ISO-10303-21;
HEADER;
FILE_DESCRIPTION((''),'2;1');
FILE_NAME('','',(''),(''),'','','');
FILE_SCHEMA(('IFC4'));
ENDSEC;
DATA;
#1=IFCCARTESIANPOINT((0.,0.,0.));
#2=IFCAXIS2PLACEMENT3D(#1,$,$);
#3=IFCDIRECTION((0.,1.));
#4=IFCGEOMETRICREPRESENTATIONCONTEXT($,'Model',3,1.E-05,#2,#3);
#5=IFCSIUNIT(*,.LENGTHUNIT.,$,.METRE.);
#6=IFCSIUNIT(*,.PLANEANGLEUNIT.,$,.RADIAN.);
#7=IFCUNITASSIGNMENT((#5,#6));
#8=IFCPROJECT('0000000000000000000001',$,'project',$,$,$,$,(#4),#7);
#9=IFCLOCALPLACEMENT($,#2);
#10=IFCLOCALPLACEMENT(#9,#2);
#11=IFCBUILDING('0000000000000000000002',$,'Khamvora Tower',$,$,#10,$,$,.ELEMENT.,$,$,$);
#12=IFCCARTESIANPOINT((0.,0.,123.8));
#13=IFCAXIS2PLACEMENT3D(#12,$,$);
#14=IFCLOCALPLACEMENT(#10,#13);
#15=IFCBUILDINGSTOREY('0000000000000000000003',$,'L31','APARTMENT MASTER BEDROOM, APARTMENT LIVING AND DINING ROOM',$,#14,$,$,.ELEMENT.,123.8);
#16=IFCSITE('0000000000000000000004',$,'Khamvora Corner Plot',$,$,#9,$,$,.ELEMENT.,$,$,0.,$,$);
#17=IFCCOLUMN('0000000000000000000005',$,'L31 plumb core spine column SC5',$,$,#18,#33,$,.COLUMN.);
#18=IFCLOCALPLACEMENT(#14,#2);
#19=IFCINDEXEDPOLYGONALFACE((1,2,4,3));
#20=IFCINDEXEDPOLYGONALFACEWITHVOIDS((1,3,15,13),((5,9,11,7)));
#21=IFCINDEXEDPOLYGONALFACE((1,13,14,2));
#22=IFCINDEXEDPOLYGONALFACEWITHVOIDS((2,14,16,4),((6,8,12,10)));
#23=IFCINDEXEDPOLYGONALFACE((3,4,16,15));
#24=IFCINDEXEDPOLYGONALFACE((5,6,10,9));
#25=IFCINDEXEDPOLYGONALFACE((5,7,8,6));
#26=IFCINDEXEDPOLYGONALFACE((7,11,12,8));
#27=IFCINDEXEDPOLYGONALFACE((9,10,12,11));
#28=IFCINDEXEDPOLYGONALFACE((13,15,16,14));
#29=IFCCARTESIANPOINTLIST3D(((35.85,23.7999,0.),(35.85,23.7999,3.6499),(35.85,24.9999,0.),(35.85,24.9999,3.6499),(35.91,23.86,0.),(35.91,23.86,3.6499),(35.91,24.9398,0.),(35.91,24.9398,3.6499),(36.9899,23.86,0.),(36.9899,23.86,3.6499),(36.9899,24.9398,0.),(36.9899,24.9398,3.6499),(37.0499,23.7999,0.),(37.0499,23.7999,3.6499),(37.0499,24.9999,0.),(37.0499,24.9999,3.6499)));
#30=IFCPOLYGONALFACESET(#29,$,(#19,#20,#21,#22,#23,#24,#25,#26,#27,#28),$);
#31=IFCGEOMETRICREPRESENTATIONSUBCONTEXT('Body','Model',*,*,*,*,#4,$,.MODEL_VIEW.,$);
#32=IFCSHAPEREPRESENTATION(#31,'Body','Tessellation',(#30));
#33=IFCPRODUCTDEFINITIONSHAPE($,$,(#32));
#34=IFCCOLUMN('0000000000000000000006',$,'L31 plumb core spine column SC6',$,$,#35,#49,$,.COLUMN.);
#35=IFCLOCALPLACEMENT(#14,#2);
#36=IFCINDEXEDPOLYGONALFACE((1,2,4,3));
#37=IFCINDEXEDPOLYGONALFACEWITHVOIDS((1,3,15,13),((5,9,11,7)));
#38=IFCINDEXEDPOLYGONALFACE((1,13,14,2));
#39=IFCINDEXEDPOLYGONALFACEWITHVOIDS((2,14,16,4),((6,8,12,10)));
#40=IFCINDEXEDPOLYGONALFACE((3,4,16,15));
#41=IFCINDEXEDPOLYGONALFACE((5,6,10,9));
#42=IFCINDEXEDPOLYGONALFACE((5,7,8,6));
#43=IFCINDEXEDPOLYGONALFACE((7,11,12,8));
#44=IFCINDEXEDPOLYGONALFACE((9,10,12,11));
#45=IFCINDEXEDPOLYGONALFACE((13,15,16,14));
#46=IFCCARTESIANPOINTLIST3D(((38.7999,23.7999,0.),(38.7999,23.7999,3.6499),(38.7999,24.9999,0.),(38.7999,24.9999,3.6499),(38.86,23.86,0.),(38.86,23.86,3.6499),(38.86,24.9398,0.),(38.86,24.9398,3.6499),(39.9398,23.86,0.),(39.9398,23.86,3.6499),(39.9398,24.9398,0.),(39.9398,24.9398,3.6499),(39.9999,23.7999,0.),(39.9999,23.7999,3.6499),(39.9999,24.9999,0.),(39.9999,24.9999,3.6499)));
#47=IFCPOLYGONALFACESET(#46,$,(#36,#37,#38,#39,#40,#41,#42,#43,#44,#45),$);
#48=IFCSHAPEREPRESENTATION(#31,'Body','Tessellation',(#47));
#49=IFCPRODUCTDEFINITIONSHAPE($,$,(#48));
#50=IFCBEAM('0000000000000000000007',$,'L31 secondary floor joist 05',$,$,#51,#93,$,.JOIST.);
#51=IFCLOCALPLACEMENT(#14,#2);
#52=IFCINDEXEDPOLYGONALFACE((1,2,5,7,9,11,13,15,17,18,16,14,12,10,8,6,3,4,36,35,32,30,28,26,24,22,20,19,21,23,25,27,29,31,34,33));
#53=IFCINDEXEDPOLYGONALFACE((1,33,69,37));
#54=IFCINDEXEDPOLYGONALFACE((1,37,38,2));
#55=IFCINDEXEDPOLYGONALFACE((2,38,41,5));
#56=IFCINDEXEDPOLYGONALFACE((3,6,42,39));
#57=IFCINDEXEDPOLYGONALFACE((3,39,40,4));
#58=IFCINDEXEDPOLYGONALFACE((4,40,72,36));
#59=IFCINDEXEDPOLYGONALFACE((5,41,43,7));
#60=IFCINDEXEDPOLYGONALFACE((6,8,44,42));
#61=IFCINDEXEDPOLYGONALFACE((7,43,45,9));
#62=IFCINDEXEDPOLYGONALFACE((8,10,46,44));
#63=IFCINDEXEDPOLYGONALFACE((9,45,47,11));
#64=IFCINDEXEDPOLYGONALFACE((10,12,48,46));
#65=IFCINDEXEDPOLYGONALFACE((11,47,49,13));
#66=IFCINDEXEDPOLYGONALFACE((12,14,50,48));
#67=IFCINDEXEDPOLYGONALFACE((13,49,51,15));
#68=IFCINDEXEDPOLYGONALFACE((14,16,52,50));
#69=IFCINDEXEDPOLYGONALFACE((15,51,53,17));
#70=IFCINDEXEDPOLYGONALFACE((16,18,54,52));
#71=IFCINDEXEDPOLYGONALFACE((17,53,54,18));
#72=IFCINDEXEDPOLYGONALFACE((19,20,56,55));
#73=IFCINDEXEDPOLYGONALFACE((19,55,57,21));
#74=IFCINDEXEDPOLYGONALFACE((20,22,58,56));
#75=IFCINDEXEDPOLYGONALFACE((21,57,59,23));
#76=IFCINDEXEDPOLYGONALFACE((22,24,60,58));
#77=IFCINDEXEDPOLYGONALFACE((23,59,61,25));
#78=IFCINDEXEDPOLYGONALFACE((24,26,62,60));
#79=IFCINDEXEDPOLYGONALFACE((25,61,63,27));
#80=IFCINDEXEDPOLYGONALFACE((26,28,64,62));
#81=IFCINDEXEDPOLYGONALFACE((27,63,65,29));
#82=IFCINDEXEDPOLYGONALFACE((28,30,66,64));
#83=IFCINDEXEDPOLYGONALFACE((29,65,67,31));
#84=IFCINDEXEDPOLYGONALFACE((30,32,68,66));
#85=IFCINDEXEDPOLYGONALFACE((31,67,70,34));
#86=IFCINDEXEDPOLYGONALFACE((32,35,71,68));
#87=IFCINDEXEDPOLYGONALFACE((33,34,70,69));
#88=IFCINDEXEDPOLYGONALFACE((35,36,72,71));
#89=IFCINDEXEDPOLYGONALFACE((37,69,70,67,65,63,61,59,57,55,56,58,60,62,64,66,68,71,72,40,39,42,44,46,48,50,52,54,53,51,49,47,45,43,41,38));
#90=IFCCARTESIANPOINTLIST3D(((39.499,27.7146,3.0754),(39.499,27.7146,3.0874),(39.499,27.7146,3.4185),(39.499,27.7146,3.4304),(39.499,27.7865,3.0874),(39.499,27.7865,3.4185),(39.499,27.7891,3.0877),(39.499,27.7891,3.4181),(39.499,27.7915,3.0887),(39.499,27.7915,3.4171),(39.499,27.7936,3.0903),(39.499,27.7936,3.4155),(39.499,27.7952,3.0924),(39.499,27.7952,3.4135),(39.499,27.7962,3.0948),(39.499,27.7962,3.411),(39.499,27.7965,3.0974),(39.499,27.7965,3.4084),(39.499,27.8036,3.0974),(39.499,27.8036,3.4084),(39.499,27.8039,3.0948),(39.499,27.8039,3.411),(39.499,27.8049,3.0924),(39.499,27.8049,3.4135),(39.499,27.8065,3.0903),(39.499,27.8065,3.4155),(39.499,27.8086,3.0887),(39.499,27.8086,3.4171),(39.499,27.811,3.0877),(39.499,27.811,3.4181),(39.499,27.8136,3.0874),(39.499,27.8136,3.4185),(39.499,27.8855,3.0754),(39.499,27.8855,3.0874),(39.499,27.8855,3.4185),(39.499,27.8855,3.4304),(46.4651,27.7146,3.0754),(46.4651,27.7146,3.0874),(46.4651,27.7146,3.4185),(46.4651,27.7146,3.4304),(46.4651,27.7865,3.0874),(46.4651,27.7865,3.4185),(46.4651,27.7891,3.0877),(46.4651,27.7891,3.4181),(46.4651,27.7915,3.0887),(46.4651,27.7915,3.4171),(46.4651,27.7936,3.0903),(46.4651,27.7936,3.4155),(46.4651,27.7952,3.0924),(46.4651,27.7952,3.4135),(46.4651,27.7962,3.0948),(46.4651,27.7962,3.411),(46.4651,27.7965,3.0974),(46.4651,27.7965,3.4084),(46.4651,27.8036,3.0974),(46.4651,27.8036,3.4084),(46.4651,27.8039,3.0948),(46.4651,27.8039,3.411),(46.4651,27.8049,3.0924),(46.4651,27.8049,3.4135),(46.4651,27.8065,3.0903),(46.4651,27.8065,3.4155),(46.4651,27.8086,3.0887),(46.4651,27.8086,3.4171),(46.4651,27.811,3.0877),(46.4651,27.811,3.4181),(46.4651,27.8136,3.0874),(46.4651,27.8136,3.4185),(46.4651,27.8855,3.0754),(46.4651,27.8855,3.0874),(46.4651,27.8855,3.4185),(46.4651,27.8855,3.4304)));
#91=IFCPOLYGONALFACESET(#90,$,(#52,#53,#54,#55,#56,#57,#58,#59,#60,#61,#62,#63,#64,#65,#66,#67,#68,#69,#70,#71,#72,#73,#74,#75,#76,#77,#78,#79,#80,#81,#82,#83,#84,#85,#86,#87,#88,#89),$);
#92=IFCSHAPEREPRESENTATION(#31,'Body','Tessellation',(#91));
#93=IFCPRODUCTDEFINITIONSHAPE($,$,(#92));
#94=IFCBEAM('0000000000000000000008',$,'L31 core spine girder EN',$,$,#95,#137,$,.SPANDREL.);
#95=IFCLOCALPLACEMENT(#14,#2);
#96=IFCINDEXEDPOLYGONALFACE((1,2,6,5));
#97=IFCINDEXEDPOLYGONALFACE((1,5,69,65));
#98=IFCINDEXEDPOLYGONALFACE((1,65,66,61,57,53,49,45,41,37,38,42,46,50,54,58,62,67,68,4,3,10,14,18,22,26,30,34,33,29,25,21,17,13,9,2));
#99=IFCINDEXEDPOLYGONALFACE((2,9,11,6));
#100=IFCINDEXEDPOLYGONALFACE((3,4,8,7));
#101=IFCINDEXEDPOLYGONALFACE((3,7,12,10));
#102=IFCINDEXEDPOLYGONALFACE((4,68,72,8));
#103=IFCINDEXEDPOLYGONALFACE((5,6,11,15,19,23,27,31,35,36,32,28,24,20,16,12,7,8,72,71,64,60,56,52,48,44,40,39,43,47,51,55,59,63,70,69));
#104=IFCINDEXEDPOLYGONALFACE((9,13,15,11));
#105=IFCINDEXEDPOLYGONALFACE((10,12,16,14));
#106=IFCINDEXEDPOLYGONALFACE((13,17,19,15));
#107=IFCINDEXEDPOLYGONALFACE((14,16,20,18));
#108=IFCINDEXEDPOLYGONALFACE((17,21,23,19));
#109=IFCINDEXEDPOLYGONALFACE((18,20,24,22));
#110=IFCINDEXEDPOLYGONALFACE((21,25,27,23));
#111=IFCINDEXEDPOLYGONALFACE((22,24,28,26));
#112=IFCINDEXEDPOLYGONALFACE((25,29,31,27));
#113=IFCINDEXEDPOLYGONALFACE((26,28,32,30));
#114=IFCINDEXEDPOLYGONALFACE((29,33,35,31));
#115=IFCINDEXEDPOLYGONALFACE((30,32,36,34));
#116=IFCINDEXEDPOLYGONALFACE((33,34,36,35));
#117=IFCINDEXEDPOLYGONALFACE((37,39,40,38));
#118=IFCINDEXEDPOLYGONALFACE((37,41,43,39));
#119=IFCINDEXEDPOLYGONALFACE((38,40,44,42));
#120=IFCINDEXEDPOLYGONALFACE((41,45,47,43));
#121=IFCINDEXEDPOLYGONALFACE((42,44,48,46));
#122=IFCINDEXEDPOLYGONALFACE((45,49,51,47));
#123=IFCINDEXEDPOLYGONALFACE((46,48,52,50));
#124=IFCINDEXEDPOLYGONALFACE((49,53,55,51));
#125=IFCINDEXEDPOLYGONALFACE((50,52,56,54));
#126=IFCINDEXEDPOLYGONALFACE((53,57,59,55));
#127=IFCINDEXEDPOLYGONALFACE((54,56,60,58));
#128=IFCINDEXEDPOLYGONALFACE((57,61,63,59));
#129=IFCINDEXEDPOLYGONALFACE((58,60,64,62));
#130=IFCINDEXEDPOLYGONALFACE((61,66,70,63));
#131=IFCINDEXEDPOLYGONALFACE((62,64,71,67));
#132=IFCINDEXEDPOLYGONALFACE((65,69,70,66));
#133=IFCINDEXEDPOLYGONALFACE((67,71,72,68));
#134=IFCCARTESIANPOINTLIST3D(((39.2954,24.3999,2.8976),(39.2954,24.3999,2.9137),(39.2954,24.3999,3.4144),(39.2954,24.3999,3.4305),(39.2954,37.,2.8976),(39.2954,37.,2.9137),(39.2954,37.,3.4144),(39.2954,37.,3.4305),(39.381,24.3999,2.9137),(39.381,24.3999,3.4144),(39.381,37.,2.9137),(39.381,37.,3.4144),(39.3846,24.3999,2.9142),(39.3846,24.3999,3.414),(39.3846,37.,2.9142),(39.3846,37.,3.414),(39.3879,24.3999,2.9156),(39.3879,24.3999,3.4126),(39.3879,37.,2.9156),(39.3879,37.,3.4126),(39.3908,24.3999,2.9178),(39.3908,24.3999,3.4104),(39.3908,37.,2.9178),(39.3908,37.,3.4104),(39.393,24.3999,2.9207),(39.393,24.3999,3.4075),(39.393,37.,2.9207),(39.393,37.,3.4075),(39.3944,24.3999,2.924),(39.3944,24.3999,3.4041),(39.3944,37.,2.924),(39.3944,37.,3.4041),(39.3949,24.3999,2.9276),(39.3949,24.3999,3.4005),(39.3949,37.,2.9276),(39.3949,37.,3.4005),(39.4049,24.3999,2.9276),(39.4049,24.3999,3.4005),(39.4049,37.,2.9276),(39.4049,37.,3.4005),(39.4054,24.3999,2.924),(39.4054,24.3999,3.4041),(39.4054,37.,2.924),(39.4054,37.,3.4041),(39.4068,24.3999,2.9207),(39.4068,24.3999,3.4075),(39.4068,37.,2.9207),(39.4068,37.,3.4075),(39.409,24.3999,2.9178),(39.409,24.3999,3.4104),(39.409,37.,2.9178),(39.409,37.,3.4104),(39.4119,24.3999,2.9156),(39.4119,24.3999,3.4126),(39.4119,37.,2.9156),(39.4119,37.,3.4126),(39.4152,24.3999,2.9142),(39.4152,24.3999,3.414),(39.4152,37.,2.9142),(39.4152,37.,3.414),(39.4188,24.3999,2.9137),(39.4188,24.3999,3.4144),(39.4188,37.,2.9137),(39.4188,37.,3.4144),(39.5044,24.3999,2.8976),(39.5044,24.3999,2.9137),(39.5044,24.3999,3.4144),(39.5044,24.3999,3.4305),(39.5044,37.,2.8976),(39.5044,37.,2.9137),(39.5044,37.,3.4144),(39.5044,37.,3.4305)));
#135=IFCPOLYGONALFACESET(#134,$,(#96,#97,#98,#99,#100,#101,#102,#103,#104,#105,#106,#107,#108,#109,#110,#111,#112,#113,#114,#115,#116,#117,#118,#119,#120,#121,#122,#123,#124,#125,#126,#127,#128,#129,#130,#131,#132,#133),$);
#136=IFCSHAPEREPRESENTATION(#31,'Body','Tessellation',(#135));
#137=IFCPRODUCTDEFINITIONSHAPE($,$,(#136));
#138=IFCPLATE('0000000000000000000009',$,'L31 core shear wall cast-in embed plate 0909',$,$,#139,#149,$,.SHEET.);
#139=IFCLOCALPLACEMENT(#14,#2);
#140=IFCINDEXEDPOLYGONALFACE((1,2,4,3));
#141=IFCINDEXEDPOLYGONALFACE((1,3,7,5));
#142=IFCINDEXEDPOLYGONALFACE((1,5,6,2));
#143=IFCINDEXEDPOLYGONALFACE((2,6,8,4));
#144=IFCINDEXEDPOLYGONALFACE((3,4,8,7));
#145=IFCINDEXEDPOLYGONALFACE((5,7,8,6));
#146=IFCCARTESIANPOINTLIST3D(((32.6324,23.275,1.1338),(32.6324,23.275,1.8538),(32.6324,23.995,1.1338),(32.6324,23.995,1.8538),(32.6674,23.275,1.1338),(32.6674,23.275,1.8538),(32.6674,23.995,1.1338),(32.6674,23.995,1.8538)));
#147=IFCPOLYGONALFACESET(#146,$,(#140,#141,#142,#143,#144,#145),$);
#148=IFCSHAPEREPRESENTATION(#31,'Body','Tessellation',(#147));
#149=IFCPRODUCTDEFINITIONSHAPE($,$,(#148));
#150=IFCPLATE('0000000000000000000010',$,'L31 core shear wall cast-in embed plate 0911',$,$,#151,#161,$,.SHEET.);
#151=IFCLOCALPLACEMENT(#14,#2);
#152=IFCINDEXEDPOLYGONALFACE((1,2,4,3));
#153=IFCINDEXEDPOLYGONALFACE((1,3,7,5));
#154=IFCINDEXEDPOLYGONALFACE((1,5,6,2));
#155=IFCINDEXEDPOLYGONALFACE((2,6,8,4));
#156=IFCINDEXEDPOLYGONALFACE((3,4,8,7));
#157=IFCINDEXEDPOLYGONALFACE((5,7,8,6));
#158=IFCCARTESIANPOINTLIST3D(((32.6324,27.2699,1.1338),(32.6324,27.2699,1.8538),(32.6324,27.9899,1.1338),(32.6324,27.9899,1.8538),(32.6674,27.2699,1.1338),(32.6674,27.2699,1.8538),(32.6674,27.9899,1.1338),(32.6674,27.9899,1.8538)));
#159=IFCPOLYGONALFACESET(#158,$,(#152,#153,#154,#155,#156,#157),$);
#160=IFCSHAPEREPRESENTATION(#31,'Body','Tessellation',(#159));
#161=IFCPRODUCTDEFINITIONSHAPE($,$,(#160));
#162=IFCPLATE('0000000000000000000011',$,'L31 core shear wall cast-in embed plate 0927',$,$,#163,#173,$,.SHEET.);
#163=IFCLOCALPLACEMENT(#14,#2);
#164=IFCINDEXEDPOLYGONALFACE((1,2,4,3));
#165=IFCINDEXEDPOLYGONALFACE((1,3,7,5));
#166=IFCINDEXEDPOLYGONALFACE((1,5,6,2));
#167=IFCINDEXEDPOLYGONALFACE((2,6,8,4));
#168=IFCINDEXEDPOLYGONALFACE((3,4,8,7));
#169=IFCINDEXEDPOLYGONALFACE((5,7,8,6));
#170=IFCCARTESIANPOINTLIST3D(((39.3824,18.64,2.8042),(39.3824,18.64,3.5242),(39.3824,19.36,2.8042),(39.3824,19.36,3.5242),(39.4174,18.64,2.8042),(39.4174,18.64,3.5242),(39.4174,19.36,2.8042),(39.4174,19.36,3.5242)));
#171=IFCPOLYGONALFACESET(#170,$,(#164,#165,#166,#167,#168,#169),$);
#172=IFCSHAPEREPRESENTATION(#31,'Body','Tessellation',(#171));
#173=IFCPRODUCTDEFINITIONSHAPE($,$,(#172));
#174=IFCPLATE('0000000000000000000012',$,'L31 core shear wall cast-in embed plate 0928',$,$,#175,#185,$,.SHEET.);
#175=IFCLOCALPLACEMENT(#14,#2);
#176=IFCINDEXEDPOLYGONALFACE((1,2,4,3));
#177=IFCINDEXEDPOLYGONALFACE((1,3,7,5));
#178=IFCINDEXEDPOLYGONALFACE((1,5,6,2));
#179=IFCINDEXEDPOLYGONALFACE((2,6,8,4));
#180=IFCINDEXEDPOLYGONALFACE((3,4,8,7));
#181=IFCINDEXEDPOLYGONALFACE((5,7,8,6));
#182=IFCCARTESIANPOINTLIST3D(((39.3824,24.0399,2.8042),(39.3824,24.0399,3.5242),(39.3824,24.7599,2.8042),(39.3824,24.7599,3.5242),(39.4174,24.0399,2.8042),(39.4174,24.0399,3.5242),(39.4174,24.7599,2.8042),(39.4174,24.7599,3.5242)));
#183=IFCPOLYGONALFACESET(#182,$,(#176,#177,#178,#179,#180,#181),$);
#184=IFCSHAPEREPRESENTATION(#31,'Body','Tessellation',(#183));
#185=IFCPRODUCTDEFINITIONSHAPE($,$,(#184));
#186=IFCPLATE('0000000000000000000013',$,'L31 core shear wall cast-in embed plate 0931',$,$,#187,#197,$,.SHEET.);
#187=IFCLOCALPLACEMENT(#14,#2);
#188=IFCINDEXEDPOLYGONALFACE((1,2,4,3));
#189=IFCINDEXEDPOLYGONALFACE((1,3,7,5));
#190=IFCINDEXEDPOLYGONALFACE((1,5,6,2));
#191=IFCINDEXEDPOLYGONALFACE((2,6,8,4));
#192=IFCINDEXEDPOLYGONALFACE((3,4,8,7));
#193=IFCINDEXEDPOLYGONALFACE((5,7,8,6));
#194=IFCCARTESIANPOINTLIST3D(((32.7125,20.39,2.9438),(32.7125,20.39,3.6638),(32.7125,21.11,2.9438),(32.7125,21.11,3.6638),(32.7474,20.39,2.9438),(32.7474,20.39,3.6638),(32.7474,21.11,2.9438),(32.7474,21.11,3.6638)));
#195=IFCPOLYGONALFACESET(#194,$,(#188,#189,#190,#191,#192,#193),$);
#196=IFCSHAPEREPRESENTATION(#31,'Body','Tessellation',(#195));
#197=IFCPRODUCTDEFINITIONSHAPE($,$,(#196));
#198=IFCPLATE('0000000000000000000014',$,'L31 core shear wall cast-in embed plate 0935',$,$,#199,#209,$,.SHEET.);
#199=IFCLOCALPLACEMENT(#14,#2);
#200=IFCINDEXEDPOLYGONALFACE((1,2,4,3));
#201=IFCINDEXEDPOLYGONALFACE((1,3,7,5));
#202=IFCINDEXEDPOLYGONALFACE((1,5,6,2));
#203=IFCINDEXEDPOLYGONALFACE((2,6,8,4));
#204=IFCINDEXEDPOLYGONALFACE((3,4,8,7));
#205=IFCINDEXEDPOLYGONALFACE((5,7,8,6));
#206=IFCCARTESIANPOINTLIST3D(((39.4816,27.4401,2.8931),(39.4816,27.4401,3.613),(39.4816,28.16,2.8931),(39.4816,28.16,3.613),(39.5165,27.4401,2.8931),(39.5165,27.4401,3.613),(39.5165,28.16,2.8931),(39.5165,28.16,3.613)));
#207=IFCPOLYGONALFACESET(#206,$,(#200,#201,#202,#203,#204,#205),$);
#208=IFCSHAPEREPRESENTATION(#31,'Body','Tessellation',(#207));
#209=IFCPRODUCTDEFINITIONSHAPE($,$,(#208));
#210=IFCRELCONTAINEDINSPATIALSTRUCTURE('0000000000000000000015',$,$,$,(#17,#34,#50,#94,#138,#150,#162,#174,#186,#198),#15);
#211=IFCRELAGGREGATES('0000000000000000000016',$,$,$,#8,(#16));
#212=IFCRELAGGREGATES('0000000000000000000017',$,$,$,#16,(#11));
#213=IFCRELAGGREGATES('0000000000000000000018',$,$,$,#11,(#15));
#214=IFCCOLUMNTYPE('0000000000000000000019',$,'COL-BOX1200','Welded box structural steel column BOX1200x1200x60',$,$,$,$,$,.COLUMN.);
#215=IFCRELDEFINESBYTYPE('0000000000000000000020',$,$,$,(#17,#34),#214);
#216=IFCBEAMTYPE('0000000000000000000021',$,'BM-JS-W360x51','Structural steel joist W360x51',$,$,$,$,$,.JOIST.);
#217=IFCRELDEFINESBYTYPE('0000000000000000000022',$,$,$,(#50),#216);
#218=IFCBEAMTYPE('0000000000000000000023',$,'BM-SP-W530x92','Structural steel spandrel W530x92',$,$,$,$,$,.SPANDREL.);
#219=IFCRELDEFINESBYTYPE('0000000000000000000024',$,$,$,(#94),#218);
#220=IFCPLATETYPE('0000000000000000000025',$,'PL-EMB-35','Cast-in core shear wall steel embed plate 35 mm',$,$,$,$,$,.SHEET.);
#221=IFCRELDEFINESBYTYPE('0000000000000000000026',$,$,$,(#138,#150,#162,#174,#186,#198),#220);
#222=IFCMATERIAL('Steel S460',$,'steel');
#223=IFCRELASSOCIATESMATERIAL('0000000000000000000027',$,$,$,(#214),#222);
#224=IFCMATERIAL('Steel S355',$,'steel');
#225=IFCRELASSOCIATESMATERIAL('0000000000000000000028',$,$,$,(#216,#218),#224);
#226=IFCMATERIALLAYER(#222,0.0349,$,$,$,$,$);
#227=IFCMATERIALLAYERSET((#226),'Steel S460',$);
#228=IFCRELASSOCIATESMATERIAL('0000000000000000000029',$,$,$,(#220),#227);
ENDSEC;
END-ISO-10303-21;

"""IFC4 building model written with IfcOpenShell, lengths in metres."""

from ifc_helpers import new_model, si_unit, direction, frame, origin, origin_2d, place, context, subcontext, project, spatial, rectangle, hollow_rectangle, i_section, extrude, material, layer, layer_set, material_profile, profile_set, type_object, element, save


model = new_model("IFC4")

# Units and contexts
model_context = context("Model", 3, precision=1e-05, world=origin(), true_north=direction((0.0, 1.0)))
body_context = subcontext(model_context, "Body", "Model", "MODEL_VIEW")
ifc_project = project(units=[si_unit("LENGTHUNIT", "METRE"), si_unit("PLANEANGLEUNIT", "RADIAN")], contexts=[model_context])

# Site, building, storey
site_placement = place(None, origin())
site = spatial("IfcSite", under=ifc_project, at=site_placement, Name="Khamvora Corner Plot", CompositionType="ELEMENT", RefElevation=0.0)
building_placement = place(site_placement, origin())
building = spatial("IfcBuilding", under=site, at=building_placement, Name="Khamvora Tower", CompositionType="ELEMENT")
storey_placement = place(building_placement, frame((0.0, 0.0, 123.8)))
storey = spatial("IfcBuildingStorey", under=building, at=storey_placement, Name="L31", Description="APARTMENT MASTER BEDROOM, APARTMENT LIVING AND DINING ROOM", CompositionType="ELEMENT", Elevation=123.8)

# Columns
ifc_material_1 = material(Name="Steel S460", Category="steel")
ifc_material_profile_1 = material_profile(ifc_material_1, hollow_rectangle(XDim=1.2, YDim=1.2, WallThickness=0.0601, at=origin_2d()), Name="BOX1200x1200x60")
ifc_profile_set_1 = profile_set([ifc_material_profile_1], Name="Steel S460")
column_type = type_object("IfcColumnType", Name="COL-BOX1200", Description="Welded box structural steel column BOX1200x1200x60", PredefinedType="COLUMN", material=ifc_profile_set_1)
for number, where, z_axis, x_axis, name in (
    (1, (36.45, 24.3999, 0.0), (0.0, 0.0, 1.0), (1.0, 0.0, 0.0), "L31 plumb core spine column SC5"),
    (2, (39.3999, 24.3999, 0.0), (0.0, 0.0, 1.0), (1.0, 0.0, 0.0), "L31 plumb core spine column SC6"),
):
    element("IfcColumn", number, at=place(storey_placement, frame(where, z_axis=z_axis, x_axis=x_axis)), inside=storey, type_object=column_type, Name=name, PredefinedType="COLUMN", context=body_context, shape_type="SweptSolid", body=[
        extrude(hollow_rectangle(XDim=1.2, YDim=1.2, WallThickness=0.0601, at=origin_2d()), origin(), (0.0, 0.0, 1.0), 3.6499),
    ])

# Beams
ifc_material_2 = material(Name="Steel S355", Category="steel")
ifc_material_profile_2 = material_profile(ifc_material_2, i_section(OverallWidth=0.1709, OverallDepth=0.355, WebThickness=0.0071, FlangeThickness=0.012, FilletRadius=0.01, at=origin_2d()), Name="W360x51")
ifc_profile_set_2 = profile_set([ifc_material_profile_2], Name="Steel S355")
beam_type_1 = type_object("IfcBeamType", Name="BM-JS-W360x51", Description="Structural steel joist W360x51", PredefinedType="JOIST", material=ifc_profile_set_2)
beam_1_placement = place(storey_placement, frame((39.499, 27.8, 3.2529), z_axis=(1.0, 0.0, 0.0), x_axis=(0.0, 1.0, 0.0)))
element("IfcBeam", 3, at=beam_1_placement, inside=storey, type_object=beam_type_1, Name="L31 secondary floor joist 05", PredefinedType="JOIST", context=body_context, shape_type="SweptSolid", body=[
    extrude(i_section(OverallWidth=0.1709, OverallDepth=0.355, WebThickness=0.0071, FlangeThickness=0.012, FilletRadius=0.01, at=origin_2d()), origin(), (0.0, 0.0, 1.0), 6.9661),
])
ifc_material_profile_3 = material_profile(ifc_material_2, i_section(OverallWidth=0.209, OverallDepth=0.533, WebThickness=0.01, FlangeThickness=0.0161, FilletRadius=0.0139, at=origin_2d()), Name="W530x92")
ifc_profile_set_3 = profile_set([ifc_material_profile_3], Name="Steel S355")
beam_type_2 = type_object("IfcBeamType", Name="BM-SP-W530x92", Description="Structural steel spandrel W530x92", PredefinedType="SPANDREL", material=ifc_profile_set_3)
beam_2_placement = place(storey_placement, frame((39.3999, 24.3999, 3.1641), z_axis=(0.0, 1.0, 0.0), x_axis=(-1.0, 0.0, 0.0)))
element("IfcBeam", 4, at=beam_2_placement, inside=storey, type_object=beam_type_2, Name="L31 core spine girder EN", PredefinedType="SPANDREL", context=body_context, shape_type="SweptSolid", body=[
    extrude(i_section(OverallWidth=0.209, OverallDepth=0.533, WebThickness=0.01, FlangeThickness=0.0161, FilletRadius=0.0139, at=origin_2d()), origin(), (0.0, 0.0, 1.0), 12.6001),
])

# Plates
ifc_layer_1 = layer(ifc_material_1, 0.0349)
ifc_layer_set_1 = layer_set([ifc_layer_1], Name="Steel S460")
plate_type = type_object("IfcPlateType", Name="PL-EMB-35", Description="Cast-in core shear wall steel embed plate 35 mm", PredefinedType="SHEET", material=ifc_layer_set_1)
for number, where, z_axis, x_axis, name in (
    (5, (32.6499, 23.635, 1.1338), (0.0, 0.0, 1.0), (1.0, 0.0, 0.0), "L31 core shear wall cast-in embed plate 0909"),
    (6, (32.6499, 27.6299, 1.1338), (0.0, 0.0, 1.0), (1.0, 0.0, 0.0), "L31 core shear wall cast-in embed plate 0911"),
    (7, (39.3999, 19.0, 2.8042), (0.0, 0.0, 1.0), (1.0, 0.0, 0.0), "L31 core shear wall cast-in embed plate 0927"),
    (8, (39.3999, 24.3999, 2.8042), (0.0, 0.0, 1.0), (1.0, 0.0, 0.0), "L31 core shear wall cast-in embed plate 0928"),
    (9, (32.73, 20.75, 2.9438), (0.0, 0.0, 1.0), (1.0, 0.0, 0.0), "L31 core shear wall cast-in embed plate 0931"),
    (10, (39.499, 27.8, 2.8931), (0.0, 0.0, 1.0), (1.0, 0.0, 0.0), "L31 core shear wall cast-in embed plate 0935"),
):
    element("IfcPlate", number, at=place(storey_placement, frame(where, z_axis=z_axis, x_axis=x_axis)), inside=storey, type_object=plate_type, Name=name, PredefinedType="SHEET", context=body_context, shape_type="SweptSolid", body=[
        extrude(rectangle(XDim=0.0349, YDim=0.72, at=origin_2d()), origin(), (0.0, 0.0, 1.0), 0.72),
    ])

save(model, "model.ifc")
